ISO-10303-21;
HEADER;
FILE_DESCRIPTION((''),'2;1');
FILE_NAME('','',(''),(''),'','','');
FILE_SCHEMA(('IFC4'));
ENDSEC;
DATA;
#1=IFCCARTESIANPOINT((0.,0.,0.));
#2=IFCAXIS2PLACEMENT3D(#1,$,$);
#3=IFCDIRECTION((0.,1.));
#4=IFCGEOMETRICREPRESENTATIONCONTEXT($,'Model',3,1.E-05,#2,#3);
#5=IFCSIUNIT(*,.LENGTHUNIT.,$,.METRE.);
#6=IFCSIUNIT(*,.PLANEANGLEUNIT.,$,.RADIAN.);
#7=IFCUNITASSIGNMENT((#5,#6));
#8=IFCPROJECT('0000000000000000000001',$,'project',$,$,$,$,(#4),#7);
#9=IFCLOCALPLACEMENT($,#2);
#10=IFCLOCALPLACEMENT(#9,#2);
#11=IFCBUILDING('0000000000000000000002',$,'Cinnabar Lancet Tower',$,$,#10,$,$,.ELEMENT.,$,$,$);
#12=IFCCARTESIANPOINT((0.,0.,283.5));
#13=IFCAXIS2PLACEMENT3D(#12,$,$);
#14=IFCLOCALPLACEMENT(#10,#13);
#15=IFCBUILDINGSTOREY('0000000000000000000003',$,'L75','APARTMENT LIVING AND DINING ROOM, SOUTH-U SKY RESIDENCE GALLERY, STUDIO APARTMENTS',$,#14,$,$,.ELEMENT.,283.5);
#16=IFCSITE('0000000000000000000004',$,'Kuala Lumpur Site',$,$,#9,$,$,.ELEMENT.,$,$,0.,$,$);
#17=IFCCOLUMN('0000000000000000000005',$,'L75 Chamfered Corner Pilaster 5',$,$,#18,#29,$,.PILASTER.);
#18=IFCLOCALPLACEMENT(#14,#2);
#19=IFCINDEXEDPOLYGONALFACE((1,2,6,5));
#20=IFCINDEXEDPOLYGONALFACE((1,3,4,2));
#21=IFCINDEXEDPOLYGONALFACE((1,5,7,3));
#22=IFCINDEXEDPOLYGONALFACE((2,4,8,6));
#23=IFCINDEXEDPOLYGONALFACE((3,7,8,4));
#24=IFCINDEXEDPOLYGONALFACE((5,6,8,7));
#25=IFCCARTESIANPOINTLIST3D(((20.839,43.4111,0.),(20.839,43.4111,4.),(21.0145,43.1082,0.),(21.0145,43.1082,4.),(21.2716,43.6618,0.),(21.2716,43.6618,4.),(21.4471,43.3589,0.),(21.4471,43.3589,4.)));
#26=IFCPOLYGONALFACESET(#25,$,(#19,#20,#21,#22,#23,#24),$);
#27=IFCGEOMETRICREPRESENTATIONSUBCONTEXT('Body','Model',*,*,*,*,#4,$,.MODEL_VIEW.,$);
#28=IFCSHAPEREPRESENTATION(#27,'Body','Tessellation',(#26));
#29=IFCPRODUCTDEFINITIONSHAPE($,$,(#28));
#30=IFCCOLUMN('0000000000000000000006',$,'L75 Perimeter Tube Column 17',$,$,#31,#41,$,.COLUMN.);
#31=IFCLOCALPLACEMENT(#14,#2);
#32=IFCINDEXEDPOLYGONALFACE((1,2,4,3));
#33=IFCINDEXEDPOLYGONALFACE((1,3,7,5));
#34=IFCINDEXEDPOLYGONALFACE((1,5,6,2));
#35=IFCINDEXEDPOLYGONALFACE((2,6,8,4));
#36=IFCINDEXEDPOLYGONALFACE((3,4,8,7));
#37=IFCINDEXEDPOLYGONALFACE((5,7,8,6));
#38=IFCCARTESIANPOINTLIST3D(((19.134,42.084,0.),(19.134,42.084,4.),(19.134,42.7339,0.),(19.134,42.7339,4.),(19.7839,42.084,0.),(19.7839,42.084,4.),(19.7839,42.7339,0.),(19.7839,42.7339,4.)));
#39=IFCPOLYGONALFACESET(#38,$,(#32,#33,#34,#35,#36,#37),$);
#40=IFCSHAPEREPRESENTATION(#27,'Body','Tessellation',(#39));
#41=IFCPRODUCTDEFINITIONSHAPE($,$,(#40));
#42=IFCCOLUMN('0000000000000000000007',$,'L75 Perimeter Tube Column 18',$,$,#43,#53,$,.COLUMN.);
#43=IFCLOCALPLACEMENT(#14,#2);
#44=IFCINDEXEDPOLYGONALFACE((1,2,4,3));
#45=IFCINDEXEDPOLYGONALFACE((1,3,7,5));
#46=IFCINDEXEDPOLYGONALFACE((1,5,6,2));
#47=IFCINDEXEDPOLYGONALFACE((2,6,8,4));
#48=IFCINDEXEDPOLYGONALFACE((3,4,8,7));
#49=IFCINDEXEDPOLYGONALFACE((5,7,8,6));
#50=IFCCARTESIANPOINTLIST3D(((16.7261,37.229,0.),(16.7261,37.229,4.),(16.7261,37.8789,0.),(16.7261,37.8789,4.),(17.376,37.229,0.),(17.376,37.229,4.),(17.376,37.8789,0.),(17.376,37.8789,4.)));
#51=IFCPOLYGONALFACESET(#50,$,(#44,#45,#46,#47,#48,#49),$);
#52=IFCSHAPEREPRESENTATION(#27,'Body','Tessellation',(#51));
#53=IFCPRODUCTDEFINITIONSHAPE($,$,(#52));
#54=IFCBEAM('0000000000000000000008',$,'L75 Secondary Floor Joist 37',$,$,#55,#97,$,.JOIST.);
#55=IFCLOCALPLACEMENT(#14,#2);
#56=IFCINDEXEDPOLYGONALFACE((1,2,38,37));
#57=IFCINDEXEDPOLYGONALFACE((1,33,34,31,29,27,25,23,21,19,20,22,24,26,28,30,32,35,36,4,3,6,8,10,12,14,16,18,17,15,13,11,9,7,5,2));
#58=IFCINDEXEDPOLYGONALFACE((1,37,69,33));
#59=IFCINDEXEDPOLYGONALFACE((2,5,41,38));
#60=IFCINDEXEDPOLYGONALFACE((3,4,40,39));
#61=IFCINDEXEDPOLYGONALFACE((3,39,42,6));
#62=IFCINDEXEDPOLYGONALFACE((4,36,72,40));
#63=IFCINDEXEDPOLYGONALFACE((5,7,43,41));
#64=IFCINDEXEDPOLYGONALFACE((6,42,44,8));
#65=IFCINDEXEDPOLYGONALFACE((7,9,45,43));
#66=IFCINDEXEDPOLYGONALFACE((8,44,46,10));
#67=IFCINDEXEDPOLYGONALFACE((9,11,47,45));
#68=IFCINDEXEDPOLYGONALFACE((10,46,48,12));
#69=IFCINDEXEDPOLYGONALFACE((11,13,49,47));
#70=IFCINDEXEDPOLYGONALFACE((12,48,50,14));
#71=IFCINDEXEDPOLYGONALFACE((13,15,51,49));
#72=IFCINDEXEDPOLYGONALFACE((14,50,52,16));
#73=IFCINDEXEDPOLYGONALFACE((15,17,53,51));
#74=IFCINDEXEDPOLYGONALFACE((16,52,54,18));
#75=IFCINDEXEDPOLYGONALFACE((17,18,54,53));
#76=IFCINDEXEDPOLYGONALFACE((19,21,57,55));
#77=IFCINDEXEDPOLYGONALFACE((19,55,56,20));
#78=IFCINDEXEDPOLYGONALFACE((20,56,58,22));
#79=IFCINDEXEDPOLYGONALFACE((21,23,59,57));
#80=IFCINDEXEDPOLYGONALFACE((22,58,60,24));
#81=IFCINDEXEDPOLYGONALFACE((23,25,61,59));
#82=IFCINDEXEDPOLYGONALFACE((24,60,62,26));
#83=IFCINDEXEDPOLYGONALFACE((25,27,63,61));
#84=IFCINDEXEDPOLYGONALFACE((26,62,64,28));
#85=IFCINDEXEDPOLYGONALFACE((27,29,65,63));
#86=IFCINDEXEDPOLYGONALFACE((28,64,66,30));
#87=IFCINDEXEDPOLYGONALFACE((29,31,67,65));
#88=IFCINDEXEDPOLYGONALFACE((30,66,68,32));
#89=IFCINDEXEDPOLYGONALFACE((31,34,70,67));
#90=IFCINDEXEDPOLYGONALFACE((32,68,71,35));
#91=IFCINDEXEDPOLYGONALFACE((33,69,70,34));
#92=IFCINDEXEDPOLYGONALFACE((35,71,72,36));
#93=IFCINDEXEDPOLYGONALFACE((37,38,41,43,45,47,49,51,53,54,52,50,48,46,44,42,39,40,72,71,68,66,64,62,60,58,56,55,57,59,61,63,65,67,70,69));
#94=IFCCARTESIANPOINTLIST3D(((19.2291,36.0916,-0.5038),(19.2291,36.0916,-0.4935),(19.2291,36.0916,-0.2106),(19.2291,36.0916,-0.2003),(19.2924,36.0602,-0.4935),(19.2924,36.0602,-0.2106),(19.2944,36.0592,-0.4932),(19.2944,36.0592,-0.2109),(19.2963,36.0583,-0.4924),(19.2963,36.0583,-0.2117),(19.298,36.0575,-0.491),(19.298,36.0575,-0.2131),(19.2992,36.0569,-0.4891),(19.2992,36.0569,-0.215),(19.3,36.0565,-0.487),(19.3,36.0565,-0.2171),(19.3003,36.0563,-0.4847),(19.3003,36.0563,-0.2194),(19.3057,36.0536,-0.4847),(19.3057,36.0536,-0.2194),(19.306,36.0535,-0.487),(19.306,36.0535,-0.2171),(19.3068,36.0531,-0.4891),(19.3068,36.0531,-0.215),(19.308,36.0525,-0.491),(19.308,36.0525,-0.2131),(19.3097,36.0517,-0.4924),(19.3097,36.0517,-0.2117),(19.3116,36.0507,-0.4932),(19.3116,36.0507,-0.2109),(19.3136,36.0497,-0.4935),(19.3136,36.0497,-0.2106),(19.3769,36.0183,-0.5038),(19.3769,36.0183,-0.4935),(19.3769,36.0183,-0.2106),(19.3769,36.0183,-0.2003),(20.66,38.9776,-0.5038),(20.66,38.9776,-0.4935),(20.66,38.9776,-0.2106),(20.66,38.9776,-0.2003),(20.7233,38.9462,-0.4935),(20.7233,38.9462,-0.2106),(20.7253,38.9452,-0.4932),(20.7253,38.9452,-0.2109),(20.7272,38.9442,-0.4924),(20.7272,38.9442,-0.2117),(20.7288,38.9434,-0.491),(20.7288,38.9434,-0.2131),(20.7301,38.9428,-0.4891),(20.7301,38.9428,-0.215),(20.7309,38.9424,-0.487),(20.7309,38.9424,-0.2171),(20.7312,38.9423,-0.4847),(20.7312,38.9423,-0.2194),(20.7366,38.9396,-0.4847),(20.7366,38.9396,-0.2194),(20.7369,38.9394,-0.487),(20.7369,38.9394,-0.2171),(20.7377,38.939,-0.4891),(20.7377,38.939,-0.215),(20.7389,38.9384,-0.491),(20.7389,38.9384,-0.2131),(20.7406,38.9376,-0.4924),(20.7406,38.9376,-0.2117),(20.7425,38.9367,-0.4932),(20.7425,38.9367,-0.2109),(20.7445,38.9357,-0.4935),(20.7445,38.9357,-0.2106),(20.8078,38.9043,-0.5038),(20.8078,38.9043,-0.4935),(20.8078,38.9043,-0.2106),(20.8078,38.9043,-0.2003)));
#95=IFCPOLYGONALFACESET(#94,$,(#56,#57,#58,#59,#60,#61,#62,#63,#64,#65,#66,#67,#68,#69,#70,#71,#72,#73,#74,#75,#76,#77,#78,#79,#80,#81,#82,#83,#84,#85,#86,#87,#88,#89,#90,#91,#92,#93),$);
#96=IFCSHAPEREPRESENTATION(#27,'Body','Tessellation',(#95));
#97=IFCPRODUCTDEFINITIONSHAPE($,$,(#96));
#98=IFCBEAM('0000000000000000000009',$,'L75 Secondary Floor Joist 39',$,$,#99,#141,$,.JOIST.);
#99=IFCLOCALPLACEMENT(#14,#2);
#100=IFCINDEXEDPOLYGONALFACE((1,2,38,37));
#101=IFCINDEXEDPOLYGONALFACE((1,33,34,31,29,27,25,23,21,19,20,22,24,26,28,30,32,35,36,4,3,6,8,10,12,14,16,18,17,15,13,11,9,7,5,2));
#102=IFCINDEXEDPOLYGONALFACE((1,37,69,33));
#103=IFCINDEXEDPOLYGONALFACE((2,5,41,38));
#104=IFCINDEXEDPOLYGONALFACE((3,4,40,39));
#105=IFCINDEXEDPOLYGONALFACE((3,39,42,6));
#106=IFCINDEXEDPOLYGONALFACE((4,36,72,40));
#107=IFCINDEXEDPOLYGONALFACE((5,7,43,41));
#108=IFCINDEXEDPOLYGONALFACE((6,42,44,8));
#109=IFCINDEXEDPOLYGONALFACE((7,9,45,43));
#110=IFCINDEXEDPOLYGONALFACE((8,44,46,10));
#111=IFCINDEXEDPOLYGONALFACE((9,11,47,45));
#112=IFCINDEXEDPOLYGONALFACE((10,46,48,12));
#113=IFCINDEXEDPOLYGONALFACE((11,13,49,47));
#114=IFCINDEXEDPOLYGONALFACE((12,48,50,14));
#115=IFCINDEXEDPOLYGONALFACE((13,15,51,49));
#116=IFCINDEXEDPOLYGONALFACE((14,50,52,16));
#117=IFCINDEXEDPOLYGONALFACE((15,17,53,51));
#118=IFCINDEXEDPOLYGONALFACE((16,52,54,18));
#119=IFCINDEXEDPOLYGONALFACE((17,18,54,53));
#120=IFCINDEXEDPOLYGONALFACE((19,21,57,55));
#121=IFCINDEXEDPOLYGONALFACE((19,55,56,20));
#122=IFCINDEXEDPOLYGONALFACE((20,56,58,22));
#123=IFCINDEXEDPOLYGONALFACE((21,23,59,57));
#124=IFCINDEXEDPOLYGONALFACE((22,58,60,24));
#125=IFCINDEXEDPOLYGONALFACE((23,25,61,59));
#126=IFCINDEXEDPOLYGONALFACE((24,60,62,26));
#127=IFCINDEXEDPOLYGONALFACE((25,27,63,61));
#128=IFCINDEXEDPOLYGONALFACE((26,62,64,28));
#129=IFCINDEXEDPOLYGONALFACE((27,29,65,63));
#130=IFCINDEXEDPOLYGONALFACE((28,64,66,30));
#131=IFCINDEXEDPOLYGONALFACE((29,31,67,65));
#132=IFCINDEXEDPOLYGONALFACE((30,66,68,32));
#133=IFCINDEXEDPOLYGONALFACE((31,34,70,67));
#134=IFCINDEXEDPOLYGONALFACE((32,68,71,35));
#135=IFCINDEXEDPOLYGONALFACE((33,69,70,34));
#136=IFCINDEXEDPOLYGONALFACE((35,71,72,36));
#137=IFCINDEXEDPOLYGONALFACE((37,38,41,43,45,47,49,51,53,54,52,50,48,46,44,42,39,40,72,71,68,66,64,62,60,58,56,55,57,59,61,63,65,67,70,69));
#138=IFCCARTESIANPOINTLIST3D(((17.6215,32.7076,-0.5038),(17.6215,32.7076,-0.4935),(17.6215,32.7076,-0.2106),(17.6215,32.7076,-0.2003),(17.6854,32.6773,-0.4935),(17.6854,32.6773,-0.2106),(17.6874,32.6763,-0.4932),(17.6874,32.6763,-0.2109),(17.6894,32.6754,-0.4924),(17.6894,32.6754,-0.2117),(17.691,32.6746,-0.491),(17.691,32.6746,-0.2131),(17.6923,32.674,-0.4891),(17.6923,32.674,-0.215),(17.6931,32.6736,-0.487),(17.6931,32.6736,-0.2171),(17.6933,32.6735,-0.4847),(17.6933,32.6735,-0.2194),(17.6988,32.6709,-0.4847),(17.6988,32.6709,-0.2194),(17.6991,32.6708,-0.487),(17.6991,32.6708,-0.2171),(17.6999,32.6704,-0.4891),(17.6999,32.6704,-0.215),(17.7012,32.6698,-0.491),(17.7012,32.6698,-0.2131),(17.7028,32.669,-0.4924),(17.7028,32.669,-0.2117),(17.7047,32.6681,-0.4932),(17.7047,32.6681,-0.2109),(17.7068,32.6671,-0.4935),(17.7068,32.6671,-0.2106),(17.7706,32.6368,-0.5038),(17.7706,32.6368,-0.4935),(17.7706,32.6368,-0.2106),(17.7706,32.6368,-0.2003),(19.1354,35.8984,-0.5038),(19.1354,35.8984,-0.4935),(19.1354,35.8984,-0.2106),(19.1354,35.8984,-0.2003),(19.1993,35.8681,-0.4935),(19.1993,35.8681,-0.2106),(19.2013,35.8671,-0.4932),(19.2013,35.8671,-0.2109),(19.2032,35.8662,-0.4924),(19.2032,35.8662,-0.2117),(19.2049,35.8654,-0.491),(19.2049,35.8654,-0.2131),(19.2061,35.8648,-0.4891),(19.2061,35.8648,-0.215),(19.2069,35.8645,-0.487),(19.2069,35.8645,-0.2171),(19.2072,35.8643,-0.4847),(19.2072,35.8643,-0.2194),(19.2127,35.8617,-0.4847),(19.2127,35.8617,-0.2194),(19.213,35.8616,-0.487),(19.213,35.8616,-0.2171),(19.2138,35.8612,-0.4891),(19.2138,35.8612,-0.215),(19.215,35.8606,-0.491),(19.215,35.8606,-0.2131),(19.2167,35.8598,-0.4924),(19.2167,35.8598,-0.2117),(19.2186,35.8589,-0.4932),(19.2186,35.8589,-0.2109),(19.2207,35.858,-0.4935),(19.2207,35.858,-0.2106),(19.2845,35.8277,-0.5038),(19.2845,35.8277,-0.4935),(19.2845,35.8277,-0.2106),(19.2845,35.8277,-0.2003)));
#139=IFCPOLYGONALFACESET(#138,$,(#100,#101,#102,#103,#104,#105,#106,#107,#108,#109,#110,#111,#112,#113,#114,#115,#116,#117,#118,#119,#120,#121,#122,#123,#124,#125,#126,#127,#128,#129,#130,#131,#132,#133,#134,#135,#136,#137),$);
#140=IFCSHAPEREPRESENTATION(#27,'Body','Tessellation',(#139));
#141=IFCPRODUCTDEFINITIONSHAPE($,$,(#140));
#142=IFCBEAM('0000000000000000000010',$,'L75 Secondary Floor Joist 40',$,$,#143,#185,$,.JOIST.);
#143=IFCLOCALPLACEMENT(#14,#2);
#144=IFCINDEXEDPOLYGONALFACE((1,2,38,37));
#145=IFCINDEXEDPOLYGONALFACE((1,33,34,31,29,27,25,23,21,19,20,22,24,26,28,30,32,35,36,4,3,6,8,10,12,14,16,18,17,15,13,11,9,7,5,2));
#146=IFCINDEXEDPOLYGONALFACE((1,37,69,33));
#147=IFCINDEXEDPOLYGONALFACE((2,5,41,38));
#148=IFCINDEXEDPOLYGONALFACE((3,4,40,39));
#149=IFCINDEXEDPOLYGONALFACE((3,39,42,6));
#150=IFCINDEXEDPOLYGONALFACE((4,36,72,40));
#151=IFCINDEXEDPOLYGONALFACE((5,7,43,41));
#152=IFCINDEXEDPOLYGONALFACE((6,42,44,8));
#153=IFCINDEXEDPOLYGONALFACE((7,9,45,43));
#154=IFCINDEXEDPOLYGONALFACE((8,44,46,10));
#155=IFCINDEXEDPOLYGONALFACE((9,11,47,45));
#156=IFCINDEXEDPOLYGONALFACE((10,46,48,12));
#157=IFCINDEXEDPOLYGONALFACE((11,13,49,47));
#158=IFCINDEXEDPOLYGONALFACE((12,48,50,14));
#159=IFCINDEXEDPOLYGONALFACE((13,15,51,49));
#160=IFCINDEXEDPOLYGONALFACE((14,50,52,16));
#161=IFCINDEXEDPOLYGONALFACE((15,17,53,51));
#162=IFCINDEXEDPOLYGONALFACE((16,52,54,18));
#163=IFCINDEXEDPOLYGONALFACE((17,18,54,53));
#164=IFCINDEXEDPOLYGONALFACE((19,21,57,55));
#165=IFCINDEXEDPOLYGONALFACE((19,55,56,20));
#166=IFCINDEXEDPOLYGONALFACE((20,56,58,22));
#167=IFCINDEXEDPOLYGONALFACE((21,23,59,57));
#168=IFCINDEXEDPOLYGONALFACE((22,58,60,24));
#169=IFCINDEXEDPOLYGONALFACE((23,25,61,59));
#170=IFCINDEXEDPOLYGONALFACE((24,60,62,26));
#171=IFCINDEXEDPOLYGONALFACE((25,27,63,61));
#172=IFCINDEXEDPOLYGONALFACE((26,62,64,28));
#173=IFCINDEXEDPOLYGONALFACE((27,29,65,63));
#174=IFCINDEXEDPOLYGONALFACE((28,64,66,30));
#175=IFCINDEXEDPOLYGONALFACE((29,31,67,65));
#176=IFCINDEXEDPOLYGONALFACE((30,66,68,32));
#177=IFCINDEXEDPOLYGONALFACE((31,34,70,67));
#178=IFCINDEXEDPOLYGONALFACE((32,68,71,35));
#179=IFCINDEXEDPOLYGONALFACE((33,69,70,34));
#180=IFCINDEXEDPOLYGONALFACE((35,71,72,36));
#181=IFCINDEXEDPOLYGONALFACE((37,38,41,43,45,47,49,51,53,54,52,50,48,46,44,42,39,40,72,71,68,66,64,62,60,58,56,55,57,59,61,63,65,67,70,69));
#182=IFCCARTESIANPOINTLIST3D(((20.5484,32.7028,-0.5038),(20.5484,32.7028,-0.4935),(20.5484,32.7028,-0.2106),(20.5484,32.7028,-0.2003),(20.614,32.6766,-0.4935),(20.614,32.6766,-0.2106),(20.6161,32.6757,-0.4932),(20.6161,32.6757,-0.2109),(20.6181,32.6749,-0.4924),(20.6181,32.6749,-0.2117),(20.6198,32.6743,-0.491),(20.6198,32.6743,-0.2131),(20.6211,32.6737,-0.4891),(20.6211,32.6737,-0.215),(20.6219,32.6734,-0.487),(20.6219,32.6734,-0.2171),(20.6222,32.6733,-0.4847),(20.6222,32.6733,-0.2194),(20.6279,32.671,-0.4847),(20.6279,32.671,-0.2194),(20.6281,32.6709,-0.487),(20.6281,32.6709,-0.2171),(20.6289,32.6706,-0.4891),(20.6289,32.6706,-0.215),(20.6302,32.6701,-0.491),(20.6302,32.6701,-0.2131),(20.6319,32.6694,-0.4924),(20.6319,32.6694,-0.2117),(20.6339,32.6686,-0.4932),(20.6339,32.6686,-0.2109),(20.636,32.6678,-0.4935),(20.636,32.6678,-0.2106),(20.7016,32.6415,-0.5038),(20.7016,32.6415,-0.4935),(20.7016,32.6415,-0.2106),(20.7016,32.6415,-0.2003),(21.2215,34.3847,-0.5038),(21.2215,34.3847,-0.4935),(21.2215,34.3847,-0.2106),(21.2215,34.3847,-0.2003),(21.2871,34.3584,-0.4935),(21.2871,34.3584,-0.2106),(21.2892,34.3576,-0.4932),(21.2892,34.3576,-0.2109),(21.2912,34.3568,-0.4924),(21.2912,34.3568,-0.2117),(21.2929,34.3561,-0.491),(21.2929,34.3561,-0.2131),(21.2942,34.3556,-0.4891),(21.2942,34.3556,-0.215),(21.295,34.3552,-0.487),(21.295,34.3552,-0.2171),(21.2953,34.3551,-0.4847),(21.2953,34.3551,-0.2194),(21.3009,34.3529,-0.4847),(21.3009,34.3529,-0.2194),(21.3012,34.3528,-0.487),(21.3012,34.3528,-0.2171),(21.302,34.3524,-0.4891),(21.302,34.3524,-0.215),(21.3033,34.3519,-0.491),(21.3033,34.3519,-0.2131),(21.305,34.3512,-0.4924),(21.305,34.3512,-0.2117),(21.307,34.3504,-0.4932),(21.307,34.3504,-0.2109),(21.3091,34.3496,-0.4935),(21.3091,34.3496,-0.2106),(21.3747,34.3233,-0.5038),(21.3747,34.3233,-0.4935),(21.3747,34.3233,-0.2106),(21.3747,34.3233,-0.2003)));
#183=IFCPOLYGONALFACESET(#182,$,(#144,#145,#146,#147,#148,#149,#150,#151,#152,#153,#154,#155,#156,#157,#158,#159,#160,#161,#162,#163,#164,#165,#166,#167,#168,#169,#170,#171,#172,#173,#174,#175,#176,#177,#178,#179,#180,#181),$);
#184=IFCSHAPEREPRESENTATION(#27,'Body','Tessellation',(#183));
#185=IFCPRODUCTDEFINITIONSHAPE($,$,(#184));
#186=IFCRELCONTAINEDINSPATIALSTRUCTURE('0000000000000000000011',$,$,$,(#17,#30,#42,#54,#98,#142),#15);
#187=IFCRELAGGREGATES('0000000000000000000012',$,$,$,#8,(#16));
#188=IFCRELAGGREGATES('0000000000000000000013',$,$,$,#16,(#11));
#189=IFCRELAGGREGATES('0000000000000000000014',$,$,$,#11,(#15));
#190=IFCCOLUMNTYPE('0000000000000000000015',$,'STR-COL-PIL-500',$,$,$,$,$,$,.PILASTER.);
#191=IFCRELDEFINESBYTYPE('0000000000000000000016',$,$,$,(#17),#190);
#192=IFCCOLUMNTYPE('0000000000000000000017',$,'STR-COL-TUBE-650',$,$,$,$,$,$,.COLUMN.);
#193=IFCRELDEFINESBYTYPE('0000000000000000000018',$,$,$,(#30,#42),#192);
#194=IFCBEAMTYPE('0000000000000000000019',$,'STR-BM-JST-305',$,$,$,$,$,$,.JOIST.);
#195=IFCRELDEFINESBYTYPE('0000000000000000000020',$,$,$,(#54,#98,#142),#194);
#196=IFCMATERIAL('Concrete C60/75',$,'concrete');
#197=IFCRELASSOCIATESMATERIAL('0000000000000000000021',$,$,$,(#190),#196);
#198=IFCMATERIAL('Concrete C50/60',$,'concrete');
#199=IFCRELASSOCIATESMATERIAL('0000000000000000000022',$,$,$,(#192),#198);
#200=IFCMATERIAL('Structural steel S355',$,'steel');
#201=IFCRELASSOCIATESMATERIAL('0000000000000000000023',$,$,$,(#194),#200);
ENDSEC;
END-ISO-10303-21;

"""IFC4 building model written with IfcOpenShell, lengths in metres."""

from ifc_helpers import new_model, si_unit, direction, frame, origin, origin_2d, place, context, subcontext, project, spatial, rectangle, i_section, extrude, material, material_profile, profile_set, type_object, element, save


model = new_model("IFC4")

# Units and contexts
model_context = context("Model", 3, precision=1e-05, world=origin(), true_north=direction((0.0, 1.0)))
body_context = subcontext(model_context, "Body", "Model", "MODEL_VIEW")
ifc_project = project(units=[si_unit("LENGTHUNIT", "METRE"), si_unit("PLANEANGLEUNIT", "RADIAN")], contexts=[model_context])

# Site, building, storey
site_placement = place(None, origin())
site = spatial("IfcSite", under=ifc_project, at=site_placement, Name="Kuala Lumpur Site", CompositionType="ELEMENT", RefElevation=0.0)
building_placement = place(site_placement, origin())
building = spatial("IfcBuilding", under=site, at=building_placement, Name="Cinnabar Lancet Tower", CompositionType="ELEMENT")
storey_placement = place(building_placement, frame((0.0, 0.0, 283.5)))
storey = spatial("IfcBuildingStorey", under=building, at=storey_placement, Name="L75", Description="APARTMENT LIVING AND DINING ROOM, SOUTH-U SKY RESIDENCE GALLERY, STUDIO APARTMENTS", CompositionType="ELEMENT", Elevation=283.5)

# Columns
ifc_material_1 = material(Name="Concrete C60/75", Category="concrete")
ifc_material_profile_1 = material_profile(ifc_material_1, rectangle(XDim=0.5, YDim=0.3501, at=origin_2d()), Name="RC-PIL 500x350")
ifc_profile_set_1 = profile_set([ifc_material_profile_1], Name="Concrete C60/75")
column_type_1 = type_object("IfcColumnType", Name="STR-COL-PIL-500", PredefinedType="PILASTER", material=ifc_profile_set_1)
column_placement = place(storey_placement, frame((21.1431, 43.385, 0.0), z_axis=(0.0, 0.0, 1.0), x_axis=(-0.865256, -0.50133, 0.0)))
element("IfcColumn", 1, at=column_placement, inside=storey, type_object=column_type_1, Name="L75 Chamfered Corner Pilaster 5", PredefinedType="PILASTER", context=body_context, shape_type="SweptSolid", body=[
    extrude(rectangle(XDim=0.5, YDim=0.3501, at=origin_2d()), origin(), (0.0, 0.0, 1.0), 4.0),
])
ifc_material_2 = material(Name="Concrete C50/60", Category="concrete")
ifc_material_profile_2 = material_profile(ifc_material_2, rectangle(XDim=0.6499, YDim=0.6499, at=origin_2d()), Name="RC-COL 650x650")
ifc_profile_set_2 = profile_set([ifc_material_profile_2], Name="Concrete C50/60")
column_type_2 = type_object("IfcColumnType", Name="STR-COL-TUBE-650", PredefinedType="COLUMN", material=ifc_profile_set_2)
for number, where, z_axis, x_axis, name in (
    (2, (19.459, 42.4089, 0.0), (0.0, 0.0, 1.0), (1.0, 0.0, 0.0), "L75 Perimeter Tube Column 17"),
    (3, (17.051, 37.554, 0.0), (0.0, 0.0, 1.0), (1.0, 0.0, 0.0), "L75 Perimeter Tube Column 18"),
):
    element("IfcColumn", number, at=place(storey_placement, frame(where, z_axis=z_axis, x_axis=x_axis)), inside=storey, type_object=column_type_2, Name=name, PredefinedType="COLUMN", context=body_context, shape_type="SweptSolid", body=[
        extrude(rectangle(XDim=0.6499, YDim=0.6499, at=origin_2d()), origin(), (0.0, 0.0, 1.0), 4.0),
    ])

# Beams
ifc_material_3 = material(Name="Structural steel S355", Category="steel")
ifc_material_profile_3 = material_profile(ifc_material_3, i_section(OverallWidth=0.165, OverallDepth=0.3035, WebThickness=0.0061, FlangeThickness=0.0103, FilletRadius=0.0088, at=origin_2d()), Name="UKB 305x165x40")
ifc_profile_set_3 = profile_set([ifc_material_profile_3], Name="Structural steel S355")
beam_type_1 = type_object("IfcBeamType", Name="STR-BM-JST-305", PredefinedType="JOIST", material=ifc_profile_set_3)
beam_1_placement = place(storey_placement, frame((20.7339, 38.9409, -0.3521), z_axis=(-0.44421, -0.895923, 0.0), x_axis=(0.895923, -0.44421, 0.0)))
element("IfcBeam", 4, at=beam_1_placement, inside=storey, type_object=beam_type_1, Name="L75 Secondary Floor Joist 37", PredefinedType="JOIST", context=body_context, shape_type="SweptSolid", body=[
    extrude(i_section(OverallWidth=0.165, OverallDepth=0.3035, WebThickness=0.0061, FlangeThickness=0.0103, FilletRadius=0.0088, at=origin_2d()), origin(), (0.0, 0.0, 1.0), 3.2212),
])
beam_2_placement = place(storey_placement, frame((19.21, 35.863, -0.3521), z_axis=(-0.428648, -0.903472, 0.0), x_axis=(0.903472, -0.428648, 0.0)))
element("IfcBeam", 5, at=beam_2_placement, inside=storey, type_object=beam_type_1, Name="L75 Secondary Floor Joist 39", PredefinedType="JOIST", context=body_context, shape_type="SweptSolid", body=[
    extrude(i_section(OverallWidth=0.165, OverallDepth=0.3035, WebThickness=0.0061, FlangeThickness=0.0103, FilletRadius=0.0088, at=origin_2d()), origin(), (0.0, 0.0, 1.0), 3.5317),
])
beam_3_placement = place(storey_placement, frame((21.2981, 34.354, -0.3521), z_axis=(-0.371553, -0.928412, 0.0), x_axis=(0.928412, -0.371553, 0.0)))
element("IfcBeam", 6, at=beam_3_placement, inside=storey, type_object=beam_type_1, Name="L75 Secondary Floor Joist 40", PredefinedType="JOIST", context=body_context, shape_type="SweptSolid", body=[
    extrude(i_section(OverallWidth=0.165, OverallDepth=0.3035, WebThickness=0.0061, FlangeThickness=0.0103, FilletRadius=0.0088, at=origin_2d()), origin(), (0.0, 0.0, 1.0), 1.8115),
])

save(model, "model.ifc")
